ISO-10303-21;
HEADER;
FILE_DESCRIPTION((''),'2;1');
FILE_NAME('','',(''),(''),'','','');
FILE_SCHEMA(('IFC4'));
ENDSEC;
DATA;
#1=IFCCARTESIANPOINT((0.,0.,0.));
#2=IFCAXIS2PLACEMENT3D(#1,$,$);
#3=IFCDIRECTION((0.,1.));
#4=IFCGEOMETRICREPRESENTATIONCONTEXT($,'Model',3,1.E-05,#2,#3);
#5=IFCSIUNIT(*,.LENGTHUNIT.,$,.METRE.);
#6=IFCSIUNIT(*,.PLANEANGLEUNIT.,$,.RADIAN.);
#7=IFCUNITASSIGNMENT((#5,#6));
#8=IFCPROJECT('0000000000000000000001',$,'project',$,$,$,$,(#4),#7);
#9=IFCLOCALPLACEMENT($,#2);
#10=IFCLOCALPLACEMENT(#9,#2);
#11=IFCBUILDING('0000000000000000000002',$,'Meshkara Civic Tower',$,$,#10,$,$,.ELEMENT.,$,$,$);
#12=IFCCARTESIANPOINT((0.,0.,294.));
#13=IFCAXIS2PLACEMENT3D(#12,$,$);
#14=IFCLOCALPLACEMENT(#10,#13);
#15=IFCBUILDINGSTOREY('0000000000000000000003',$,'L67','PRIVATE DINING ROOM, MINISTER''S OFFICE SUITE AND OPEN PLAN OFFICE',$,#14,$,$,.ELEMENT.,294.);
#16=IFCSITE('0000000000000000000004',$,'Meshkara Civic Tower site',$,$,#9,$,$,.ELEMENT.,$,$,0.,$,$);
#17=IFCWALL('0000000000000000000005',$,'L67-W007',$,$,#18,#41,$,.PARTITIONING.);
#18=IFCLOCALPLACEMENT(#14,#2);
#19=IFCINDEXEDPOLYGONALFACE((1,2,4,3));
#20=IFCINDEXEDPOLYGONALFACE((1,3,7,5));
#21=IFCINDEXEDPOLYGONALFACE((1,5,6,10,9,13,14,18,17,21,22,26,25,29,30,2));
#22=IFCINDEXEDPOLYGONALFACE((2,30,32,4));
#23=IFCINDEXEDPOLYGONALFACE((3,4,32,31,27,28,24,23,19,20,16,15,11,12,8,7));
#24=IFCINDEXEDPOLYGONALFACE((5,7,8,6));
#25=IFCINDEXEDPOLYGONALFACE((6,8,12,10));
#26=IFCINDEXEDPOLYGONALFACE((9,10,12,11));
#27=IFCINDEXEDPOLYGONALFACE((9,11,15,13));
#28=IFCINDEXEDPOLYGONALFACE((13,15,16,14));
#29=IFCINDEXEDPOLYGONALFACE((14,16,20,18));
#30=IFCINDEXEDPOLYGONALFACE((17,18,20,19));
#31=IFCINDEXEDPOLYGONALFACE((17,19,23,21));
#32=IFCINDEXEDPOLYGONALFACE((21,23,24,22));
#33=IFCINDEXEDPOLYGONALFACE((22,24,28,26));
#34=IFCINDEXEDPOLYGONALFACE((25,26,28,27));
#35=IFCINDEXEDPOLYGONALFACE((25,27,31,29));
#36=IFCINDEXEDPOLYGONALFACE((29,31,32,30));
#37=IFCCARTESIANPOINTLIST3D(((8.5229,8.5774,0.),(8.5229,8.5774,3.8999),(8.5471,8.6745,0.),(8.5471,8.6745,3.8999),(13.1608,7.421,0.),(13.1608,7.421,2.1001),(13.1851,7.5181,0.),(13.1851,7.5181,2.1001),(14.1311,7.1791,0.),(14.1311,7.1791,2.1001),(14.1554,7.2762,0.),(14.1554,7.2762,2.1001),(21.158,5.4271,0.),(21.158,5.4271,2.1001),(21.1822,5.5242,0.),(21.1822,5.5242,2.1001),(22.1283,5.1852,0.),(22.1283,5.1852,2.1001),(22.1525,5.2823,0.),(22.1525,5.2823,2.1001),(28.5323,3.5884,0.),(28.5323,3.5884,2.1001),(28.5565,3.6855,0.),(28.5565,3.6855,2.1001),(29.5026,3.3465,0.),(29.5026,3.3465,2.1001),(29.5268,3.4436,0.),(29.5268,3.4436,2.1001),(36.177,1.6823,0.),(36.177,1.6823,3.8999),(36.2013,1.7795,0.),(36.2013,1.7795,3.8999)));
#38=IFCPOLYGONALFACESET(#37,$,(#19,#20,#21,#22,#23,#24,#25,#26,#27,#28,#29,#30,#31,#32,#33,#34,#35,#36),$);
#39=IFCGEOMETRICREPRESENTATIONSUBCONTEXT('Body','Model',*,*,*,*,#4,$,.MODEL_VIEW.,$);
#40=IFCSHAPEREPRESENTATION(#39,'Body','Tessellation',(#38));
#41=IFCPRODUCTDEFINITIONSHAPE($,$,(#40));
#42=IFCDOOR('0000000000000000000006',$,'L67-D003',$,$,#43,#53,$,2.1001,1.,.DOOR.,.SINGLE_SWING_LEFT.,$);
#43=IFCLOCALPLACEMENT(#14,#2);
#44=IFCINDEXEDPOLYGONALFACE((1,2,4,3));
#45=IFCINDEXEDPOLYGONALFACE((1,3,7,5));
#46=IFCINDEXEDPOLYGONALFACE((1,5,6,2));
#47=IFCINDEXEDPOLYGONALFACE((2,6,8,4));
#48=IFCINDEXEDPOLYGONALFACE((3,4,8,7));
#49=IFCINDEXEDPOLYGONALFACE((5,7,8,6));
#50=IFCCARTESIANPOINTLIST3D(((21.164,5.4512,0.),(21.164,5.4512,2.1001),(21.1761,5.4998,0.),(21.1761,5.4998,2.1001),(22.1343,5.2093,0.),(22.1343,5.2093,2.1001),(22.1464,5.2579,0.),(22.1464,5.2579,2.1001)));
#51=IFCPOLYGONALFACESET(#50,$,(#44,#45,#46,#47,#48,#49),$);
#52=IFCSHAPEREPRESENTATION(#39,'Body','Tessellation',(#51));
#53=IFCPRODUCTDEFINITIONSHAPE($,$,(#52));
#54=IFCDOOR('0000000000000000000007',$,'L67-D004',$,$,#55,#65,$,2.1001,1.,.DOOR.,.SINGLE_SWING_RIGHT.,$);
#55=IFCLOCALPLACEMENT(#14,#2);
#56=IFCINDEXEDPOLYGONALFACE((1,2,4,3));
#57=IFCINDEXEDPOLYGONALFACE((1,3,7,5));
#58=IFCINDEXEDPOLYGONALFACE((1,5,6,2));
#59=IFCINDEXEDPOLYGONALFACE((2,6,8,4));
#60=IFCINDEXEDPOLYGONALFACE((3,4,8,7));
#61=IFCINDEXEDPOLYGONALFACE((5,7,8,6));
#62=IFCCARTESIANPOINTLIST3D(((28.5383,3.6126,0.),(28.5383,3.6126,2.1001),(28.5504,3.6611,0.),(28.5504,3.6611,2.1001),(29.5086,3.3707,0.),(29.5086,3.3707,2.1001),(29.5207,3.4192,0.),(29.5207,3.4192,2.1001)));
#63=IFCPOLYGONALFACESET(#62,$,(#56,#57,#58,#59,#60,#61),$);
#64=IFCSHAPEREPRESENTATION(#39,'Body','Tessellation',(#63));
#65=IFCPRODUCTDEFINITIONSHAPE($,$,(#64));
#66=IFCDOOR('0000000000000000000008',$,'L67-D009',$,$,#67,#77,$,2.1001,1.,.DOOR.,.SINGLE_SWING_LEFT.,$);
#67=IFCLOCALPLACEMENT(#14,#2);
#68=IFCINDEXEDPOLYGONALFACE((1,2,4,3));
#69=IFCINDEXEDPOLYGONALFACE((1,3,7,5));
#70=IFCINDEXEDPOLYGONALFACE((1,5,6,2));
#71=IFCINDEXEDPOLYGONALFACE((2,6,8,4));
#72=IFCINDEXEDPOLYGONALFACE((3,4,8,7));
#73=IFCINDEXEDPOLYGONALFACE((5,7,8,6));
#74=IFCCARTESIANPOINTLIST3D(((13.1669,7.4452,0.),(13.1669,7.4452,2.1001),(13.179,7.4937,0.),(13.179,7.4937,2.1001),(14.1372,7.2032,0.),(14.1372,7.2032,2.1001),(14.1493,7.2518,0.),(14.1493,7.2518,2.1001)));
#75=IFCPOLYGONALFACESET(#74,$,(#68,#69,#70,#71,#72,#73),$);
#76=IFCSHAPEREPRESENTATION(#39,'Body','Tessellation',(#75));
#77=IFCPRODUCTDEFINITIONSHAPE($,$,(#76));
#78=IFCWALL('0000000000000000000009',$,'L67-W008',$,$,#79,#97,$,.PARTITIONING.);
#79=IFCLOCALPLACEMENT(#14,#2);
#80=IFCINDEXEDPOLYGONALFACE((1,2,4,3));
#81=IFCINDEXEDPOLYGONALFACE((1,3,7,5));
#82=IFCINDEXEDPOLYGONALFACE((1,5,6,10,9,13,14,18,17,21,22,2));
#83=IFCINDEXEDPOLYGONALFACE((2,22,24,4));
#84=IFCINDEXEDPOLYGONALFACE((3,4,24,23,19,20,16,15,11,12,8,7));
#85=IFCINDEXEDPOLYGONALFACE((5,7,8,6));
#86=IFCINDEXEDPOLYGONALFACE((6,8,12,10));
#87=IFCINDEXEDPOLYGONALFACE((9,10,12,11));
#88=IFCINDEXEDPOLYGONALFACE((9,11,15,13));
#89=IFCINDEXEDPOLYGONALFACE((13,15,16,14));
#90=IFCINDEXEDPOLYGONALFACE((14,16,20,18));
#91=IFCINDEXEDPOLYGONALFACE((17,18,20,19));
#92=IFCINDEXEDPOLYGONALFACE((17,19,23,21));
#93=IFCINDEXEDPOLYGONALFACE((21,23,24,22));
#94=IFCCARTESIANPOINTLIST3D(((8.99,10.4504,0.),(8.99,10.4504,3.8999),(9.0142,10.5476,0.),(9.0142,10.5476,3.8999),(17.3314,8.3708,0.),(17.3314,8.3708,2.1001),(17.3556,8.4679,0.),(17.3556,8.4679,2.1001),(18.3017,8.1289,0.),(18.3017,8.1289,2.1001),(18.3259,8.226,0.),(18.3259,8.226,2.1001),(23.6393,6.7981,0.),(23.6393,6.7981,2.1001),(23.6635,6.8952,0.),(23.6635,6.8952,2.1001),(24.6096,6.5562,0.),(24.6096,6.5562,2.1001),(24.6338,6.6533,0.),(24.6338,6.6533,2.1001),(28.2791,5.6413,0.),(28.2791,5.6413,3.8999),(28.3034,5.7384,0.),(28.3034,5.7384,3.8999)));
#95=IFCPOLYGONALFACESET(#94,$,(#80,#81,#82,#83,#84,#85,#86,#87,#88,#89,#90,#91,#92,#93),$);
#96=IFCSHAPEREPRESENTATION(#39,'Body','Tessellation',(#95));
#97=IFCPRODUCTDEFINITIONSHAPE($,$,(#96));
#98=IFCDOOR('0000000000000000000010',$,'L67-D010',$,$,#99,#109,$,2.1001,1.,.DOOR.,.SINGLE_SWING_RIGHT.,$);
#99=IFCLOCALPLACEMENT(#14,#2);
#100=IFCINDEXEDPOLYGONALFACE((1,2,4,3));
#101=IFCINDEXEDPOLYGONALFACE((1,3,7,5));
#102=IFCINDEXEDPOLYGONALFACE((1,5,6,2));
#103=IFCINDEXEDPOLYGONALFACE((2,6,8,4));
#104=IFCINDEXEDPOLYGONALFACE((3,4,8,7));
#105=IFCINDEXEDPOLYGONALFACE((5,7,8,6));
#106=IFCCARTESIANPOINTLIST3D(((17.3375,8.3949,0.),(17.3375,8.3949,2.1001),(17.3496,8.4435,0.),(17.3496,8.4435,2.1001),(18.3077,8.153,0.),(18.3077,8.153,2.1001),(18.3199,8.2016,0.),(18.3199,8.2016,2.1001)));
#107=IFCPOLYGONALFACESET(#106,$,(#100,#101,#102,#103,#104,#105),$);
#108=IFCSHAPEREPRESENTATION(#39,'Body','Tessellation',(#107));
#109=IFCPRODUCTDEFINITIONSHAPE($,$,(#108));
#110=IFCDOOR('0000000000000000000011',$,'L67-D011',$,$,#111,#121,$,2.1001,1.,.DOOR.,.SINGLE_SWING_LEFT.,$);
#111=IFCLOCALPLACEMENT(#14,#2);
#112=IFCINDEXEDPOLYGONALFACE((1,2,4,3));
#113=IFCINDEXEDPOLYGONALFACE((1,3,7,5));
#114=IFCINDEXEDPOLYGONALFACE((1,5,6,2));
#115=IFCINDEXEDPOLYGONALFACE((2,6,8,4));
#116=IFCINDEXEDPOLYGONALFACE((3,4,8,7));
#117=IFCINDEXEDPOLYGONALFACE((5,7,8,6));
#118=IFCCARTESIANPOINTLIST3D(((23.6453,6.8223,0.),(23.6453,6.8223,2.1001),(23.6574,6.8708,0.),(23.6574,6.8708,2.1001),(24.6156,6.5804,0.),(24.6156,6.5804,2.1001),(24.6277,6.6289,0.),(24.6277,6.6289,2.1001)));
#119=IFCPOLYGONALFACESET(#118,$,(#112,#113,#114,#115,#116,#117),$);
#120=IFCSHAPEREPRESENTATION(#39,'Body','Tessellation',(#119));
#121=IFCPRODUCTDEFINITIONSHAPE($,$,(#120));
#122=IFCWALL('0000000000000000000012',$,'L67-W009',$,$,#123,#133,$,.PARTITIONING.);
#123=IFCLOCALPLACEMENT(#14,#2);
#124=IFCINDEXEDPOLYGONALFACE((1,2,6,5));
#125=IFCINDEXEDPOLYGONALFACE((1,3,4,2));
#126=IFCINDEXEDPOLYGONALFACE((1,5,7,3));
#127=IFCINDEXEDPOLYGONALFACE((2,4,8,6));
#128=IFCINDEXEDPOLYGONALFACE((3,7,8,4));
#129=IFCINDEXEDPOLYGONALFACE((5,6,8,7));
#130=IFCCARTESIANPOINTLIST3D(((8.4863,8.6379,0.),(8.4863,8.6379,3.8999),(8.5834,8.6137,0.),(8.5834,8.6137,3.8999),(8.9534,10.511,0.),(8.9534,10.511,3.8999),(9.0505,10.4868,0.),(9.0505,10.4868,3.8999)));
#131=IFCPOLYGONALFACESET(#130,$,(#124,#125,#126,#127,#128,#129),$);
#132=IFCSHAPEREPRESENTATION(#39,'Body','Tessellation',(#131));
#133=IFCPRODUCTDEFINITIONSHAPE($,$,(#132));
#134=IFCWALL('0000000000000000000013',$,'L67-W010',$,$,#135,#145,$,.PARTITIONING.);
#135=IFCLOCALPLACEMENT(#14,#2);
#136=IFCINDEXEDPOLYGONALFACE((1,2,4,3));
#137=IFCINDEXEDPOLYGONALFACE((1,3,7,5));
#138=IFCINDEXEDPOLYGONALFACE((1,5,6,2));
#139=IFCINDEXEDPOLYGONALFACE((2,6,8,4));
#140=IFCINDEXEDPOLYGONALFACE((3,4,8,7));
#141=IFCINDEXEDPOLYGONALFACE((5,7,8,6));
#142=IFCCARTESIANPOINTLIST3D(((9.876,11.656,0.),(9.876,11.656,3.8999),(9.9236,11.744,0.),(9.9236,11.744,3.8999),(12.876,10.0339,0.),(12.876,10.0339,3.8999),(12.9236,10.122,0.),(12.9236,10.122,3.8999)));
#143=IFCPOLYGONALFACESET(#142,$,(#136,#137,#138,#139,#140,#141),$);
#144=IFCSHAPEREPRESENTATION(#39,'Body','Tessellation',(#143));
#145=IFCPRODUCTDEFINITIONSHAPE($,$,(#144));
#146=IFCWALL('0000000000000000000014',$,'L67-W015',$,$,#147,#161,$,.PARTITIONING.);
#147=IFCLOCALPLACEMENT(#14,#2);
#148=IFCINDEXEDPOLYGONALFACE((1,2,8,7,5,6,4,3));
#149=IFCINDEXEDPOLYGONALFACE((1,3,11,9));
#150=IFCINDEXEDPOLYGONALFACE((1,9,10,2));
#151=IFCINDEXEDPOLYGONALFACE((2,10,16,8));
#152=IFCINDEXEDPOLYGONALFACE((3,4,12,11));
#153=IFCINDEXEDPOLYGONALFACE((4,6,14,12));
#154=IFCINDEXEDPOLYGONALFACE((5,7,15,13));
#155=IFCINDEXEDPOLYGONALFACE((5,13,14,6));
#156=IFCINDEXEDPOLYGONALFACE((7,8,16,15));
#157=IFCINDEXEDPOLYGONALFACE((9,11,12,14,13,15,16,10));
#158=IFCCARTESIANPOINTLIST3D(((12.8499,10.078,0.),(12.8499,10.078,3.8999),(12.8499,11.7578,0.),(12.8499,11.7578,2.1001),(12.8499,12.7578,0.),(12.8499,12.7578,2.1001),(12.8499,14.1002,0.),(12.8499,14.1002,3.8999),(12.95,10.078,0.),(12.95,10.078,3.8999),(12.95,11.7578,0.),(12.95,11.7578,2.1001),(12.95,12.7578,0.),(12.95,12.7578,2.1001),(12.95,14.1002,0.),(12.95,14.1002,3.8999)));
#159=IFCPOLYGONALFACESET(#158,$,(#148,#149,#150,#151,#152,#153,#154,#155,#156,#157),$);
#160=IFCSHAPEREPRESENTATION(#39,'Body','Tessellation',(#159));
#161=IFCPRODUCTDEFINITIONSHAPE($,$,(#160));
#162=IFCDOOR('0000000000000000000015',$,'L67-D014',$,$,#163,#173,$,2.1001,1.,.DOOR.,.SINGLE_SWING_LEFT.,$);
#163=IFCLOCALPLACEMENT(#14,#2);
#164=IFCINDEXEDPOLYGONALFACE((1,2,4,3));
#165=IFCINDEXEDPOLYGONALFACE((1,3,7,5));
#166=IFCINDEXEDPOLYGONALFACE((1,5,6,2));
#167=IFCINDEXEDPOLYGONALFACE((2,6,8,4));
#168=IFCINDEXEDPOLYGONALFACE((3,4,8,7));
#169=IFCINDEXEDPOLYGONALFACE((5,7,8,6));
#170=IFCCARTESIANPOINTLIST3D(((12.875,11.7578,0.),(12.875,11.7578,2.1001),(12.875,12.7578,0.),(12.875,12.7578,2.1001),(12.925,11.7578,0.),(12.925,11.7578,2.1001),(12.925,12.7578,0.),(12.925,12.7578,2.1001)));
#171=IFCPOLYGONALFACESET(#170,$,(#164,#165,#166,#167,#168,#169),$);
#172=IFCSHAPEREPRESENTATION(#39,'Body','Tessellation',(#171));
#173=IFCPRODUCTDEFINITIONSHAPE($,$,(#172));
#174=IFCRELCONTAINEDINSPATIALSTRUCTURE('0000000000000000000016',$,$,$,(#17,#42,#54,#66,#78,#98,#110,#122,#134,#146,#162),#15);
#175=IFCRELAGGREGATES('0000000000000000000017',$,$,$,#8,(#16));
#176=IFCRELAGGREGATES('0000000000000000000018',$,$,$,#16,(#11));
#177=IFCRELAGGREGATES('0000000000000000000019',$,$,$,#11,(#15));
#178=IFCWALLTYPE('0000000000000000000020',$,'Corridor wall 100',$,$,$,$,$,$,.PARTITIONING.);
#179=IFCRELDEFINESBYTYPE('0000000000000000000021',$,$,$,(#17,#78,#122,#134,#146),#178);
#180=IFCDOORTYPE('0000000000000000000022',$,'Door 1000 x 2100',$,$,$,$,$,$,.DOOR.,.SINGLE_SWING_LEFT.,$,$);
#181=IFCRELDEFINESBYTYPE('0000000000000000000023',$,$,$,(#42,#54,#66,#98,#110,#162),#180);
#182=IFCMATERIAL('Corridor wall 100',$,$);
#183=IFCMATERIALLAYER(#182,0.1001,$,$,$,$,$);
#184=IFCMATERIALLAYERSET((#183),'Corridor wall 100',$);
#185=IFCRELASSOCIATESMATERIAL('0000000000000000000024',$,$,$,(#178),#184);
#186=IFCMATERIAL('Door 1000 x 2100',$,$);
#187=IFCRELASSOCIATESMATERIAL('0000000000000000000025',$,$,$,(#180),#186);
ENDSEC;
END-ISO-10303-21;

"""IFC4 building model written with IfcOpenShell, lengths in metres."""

from ifc_helpers import new_model, si_unit, direction, frame, frame_2d, origin, place, context, subcontext, project, spatial, rectangle, extrude, material, layer, layer_set, type_object, element, fill, save


model = new_model("IFC4")

# Units and contexts
model_context = context("Model", 3, precision=1e-05, world=origin(), true_north=direction((0.0, 1.0)))
body_context = subcontext(model_context, "Body", "Model", "MODEL_VIEW")
ifc_project = project(units=[si_unit("LENGTHUNIT", "METRE"), si_unit("PLANEANGLEUNIT", "RADIAN")], contexts=[model_context])

# Site, building, storey
site_placement = place(None, origin())
site = spatial("IfcSite", under=ifc_project, at=site_placement, Name="Meshkara Civic Tower site", CompositionType="ELEMENT", RefElevation=0.0)
building_placement = place(site_placement, origin())
building = spatial("IfcBuilding", under=site, at=building_placement, Name="Meshkara Civic Tower", CompositionType="ELEMENT")
storey_placement = place(building_placement, frame((0.0, 0.0, 294.0)))
storey = spatial("IfcBuildingStorey", under=building, at=storey_placement, Name="L67", Description="PRIVATE DINING ROOM, MINISTER'S OFFICE SUITE AND OPEN PLAN OFFICE", CompositionType="ELEMENT", Elevation=294.0)

# Shared definitions
ifc_material_1 = material(Name="Corridor wall 100")
ifc_layer_1 = layer(ifc_material_1, 0.1001)
ifc_layer_set_1 = layer_set([ifc_layer_1], Name="Corridor wall 100")
wall_type_1 = type_object("IfcWallType", Name="Corridor wall 100", PredefinedType="PARTITIONING", material=ifc_layer_set_1)
ifc_material_2 = material(Name="Door 1000 x 2100")
door_type = type_object("IfcDoorType", Name="Door 1000 x 2100", OperationType="SINGLE_SWING_LEFT", PredefinedType="DOOR", material=ifc_material_2)

# Walls, openings, doors
wall_1_placement = place(storey_placement, frame((8.5349, 8.626, 0.0), z_axis=(0.0, 0.0, 1.0), x_axis=(0.970295, -0.241925, 0.0)))
wall_1 = element("IfcWall", 1, at=wall_1_placement, inside=storey, type_object=wall_type_1, Name="L67-W007", PredefinedType="PARTITIONING", context=body_context, shape_type="SweptSolid", body=[
    extrude(rectangle(XDim=28.5007, YDim=0.1001, at=frame_2d((14.2505, 0.0))), origin(), (0.0, 0.0, 1.0), 3.8999),
])
opening_1_placement = place(wall_1_placement, frame((13.022, 0.0, 0.0)))
opening_1 = element("IfcOpeningElement", 2, at=opening_1_placement, cuts=wall_1, PredefinedType="OPENING", context=body_context, shape_type="SweptSolid", body=[
    extrude(rectangle(XDim=1.0, YDim=2.1001, at=frame_2d((0.5, 1.05))), frame((0.0, 0.0601, 0.0), z_axis=(0.0, -1.0, 0.0), x_axis=(1.0, 0.0, 0.0)), (0.0, 0.0, 1.0), 0.1201),
])
opening_2_placement = place(wall_1_placement, frame((20.6221, 0.0, 0.0)))
opening_2 = element("IfcOpeningElement", 3, at=opening_2_placement, cuts=wall_1, PredefinedType="OPENING", context=body_context, shape_type="SweptSolid", body=[
    extrude(rectangle(XDim=1.0, YDim=2.1001, at=frame_2d((0.5, 1.05))), frame((0.0, 0.0601, 0.0), z_axis=(0.0, -1.0, 0.0), x_axis=(1.0, 0.0, 0.0)), (0.0, 0.0, 1.0), 0.1201),
])
opening_3_placement = place(wall_1_placement, frame((4.78, 0.0, 0.0)))
opening_3 = element("IfcOpeningElement", 4, at=opening_3_placement, cuts=wall_1, PredefinedType="OPENING", context=body_context, shape_type="SweptSolid", body=[
    extrude(rectangle(XDim=1.0, YDim=2.1001, at=frame_2d((0.5, 1.05))), frame((0.0, 0.0601, 0.0), z_axis=(0.0, -1.0, 0.0), x_axis=(1.0, 0.0, 0.0)), (0.0, 0.0, 1.0), 0.1201),
])
door_1_placement = place(opening_1_placement, origin())
door_1 = element("IfcDoor", 5, at=door_1_placement, inside=storey, type_object=door_type, Name="L67-D003", OperationType="SINGLE_SWING_LEFT", OverallHeight=2.1001, OverallWidth=1.0, PredefinedType="DOOR", context=body_context, shape_type="SweptSolid", body=[
    extrude(rectangle(XDim=1.0, YDim=2.1001, at=frame_2d((0.5, 1.05))), frame((0.0, 0.0249, 0.0), z_axis=(0.0, -1.0, 0.0), x_axis=(1.0, 0.0, 0.0)), (0.0, 0.0, 1.0), 0.05),
])
fill(opening_1, door_1)
door_2_placement = place(opening_2_placement, origin())
door_2 = element("IfcDoor", 6, at=door_2_placement, inside=storey, type_object=door_type, Name="L67-D004", OperationType="SINGLE_SWING_RIGHT", OverallHeight=2.1001, OverallWidth=1.0, PredefinedType="DOOR", context=body_context, shape_type="SweptSolid", body=[
    extrude(rectangle(XDim=1.0, YDim=2.1001, at=frame_2d((0.5, 1.05))), frame((0.0, 0.0249, 0.0), z_axis=(0.0, -1.0, 0.0), x_axis=(1.0, 0.0, 0.0)), (0.0, 0.0, 1.0), 0.05),
])
fill(opening_2, door_2)
door_3_placement = place(opening_3_placement, origin())
door_3 = element("IfcDoor", 7, at=door_3_placement, inside=storey, type_object=door_type, Name="L67-D009", OperationType="SINGLE_SWING_LEFT", OverallHeight=2.1001, OverallWidth=1.0, PredefinedType="DOOR", context=body_context, shape_type="SweptSolid", body=[
    extrude(rectangle(XDim=1.0, YDim=2.1001, at=frame_2d((0.5, 1.05))), frame((0.0, 0.0249, 0.0), z_axis=(0.0, -1.0, 0.0), x_axis=(1.0, 0.0, 0.0)), (0.0, 0.0, 1.0), 0.05),
])
fill(opening_3, door_3)
wall_2_placement = place(storey_placement, frame((9.002, 10.499, 0.0), z_axis=(0.0, 0.0, 1.0), x_axis=(0.970298, -0.241911, 0.0)))
wall_2 = element("IfcWall", 8, at=wall_2_placement, inside=storey, type_object=wall_type_1, Name="L67-W008", PredefinedType="PARTITIONING", context=body_context, shape_type="SweptSolid", body=[
    extrude(rectangle(XDim=19.8796, YDim=0.1001, at=frame_2d((9.9399, 0.0))), origin(), (0.0, 0.0, 1.0), 3.8999),
])
opening_4_placement = place(wall_2_placement, frame((8.5969, 0.0, 0.0)))
opening_4 = element("IfcOpeningElement", 9, at=opening_4_placement, cuts=wall_2, PredefinedType="OPENING", context=body_context, shape_type="SweptSolid", body=[
    extrude(rectangle(XDim=1.0, YDim=2.1001, at=frame_2d((0.5, 1.05))), frame((0.0, 0.0601, 0.0), z_axis=(0.0, -1.0, 0.0), x_axis=(1.0, 0.0, 0.0)), (0.0, 0.0, 1.0), 0.1201),
])
opening_5_placement = place(wall_2_placement, frame((15.0979, 0.0, 0.0)))
opening_5 = element("IfcOpeningElement", 10, at=opening_5_placement, cuts=wall_2, PredefinedType="OPENING", context=body_context, shape_type="SweptSolid", body=[
    extrude(rectangle(XDim=1.0, YDim=2.1001, at=frame_2d((0.5, 1.05))), frame((0.0, 0.0601, 0.0), z_axis=(0.0, -1.0, 0.0), x_axis=(1.0, 0.0, 0.0)), (0.0, 0.0, 1.0), 0.1201),
])
door_4_placement = place(opening_4_placement, origin())
door_4 = element("IfcDoor", 11, at=door_4_placement, inside=storey, type_object=door_type, Name="L67-D010", OperationType="SINGLE_SWING_RIGHT", OverallHeight=2.1001, OverallWidth=1.0, PredefinedType="DOOR", context=body_context, shape_type="SweptSolid", body=[
    extrude(rectangle(XDim=1.0, YDim=2.1001, at=frame_2d((0.5, 1.05))), frame((0.0, 0.0249, 0.0), z_axis=(0.0, -1.0, 0.0), x_axis=(1.0, 0.0, 0.0)), (0.0, 0.0, 1.0), 0.05),
])
fill(opening_4, door_4)
door_5_placement = place(opening_5_placement, origin())
door_5 = element("IfcDoor", 12, at=door_5_placement, inside=storey, type_object=door_type, Name="L67-D011", OperationType="SINGLE_SWING_LEFT", OverallHeight=2.1001, OverallWidth=1.0, PredefinedType="DOOR", context=body_context, shape_type="SweptSolid", body=[
    extrude(rectangle(XDim=1.0, YDim=2.1001, at=frame_2d((0.5, 1.05))), frame((0.0, 0.0249, 0.0), z_axis=(0.0, -1.0, 0.0), x_axis=(1.0, 0.0, 0.0)), (0.0, 0.0, 1.0), 0.05),
])
fill(opening_5, door_5)

# Walls
wall_3_placement = place(storey_placement, frame((9.002, 10.499, 0.0), z_axis=(0.0, 0.0, 1.0), x_axis=(-0.24194, -0.970291, 0.0)))
element("IfcWall", 13, at=wall_3_placement, inside=storey, type_object=wall_type_1, Name="L67-W009", PredefinedType="PARTITIONING", context=body_context, shape_type="SweptSolid", body=[
    extrude(rectangle(XDim=1.9304, YDim=0.1001, at=frame_2d((0.9653, 0.0))), origin(), (0.0, 0.0, 1.0), 3.8999),
])
wall_4_placement = place(storey_placement, frame((9.8999, 11.7, 0.0), z_axis=(0.0, 0.0, 1.0), x_axis=(0.879651, -0.475619, 0.0)))
element("IfcWall", 14, at=wall_4_placement, inside=storey, type_object=wall_type_1, Name="L67-W010", PredefinedType="PARTITIONING", context=body_context, shape_type="SweptSolid", body=[
    extrude(rectangle(XDim=3.4104, YDim=0.1001, at=frame_2d((1.7051, 0.0))), origin(), (0.0, 0.0, 1.0), 3.8999),
])

# Wall, opening, door
wall_5_placement = place(storey_placement, frame((12.8999, 10.0779, 0.0), z_axis=(0.0, 0.0, 1.0), x_axis=(0.0, 1.0, 0.0)))
wall_5 = element("IfcWall", 15, at=wall_5_placement, inside=storey, type_object=wall_type_1, Name="L67-W015", PredefinedType="PARTITIONING", context=body_context, shape_type="SweptSolid", body=[
    extrude(rectangle(XDim=4.0222, YDim=0.1001, at=frame_2d((2.0112, 0.0))), origin(), (0.0, 0.0, 1.0), 3.8999),
])
opening_6_placement = place(wall_5_placement, frame((1.6799, 0.0, 0.0)))
opening_6 = element("IfcOpeningElement", 16, at=opening_6_placement, cuts=wall_5, PredefinedType="OPENING", context=body_context, shape_type="SweptSolid", body=[
    extrude(rectangle(XDim=1.0, YDim=2.1001, at=frame_2d((0.5, 1.05))), frame((0.0, 0.0601, 0.0), z_axis=(0.0, -1.0, 0.0), x_axis=(1.0, 0.0, 0.0)), (0.0, 0.0, 1.0), 0.1201),
])
door_6_placement = place(opening_6_placement, origin())
door_6 = element("IfcDoor", 17, at=door_6_placement, inside=storey, type_object=door_type, Name="L67-D014", OperationType="SINGLE_SWING_LEFT", OverallHeight=2.1001, OverallWidth=1.0, PredefinedType="DOOR", context=body_context, shape_type="SweptSolid", body=[
    extrude(rectangle(XDim=1.0, YDim=2.1001, at=frame_2d((0.5, 1.05))), frame((0.0, 0.0249, 0.0), z_axis=(0.0, -1.0, 0.0), x_axis=(1.0, 0.0, 0.0)), (0.0, 0.0, 1.0), 0.05),
])
fill(opening_6, door_6)

save(model, "model.ifc")
